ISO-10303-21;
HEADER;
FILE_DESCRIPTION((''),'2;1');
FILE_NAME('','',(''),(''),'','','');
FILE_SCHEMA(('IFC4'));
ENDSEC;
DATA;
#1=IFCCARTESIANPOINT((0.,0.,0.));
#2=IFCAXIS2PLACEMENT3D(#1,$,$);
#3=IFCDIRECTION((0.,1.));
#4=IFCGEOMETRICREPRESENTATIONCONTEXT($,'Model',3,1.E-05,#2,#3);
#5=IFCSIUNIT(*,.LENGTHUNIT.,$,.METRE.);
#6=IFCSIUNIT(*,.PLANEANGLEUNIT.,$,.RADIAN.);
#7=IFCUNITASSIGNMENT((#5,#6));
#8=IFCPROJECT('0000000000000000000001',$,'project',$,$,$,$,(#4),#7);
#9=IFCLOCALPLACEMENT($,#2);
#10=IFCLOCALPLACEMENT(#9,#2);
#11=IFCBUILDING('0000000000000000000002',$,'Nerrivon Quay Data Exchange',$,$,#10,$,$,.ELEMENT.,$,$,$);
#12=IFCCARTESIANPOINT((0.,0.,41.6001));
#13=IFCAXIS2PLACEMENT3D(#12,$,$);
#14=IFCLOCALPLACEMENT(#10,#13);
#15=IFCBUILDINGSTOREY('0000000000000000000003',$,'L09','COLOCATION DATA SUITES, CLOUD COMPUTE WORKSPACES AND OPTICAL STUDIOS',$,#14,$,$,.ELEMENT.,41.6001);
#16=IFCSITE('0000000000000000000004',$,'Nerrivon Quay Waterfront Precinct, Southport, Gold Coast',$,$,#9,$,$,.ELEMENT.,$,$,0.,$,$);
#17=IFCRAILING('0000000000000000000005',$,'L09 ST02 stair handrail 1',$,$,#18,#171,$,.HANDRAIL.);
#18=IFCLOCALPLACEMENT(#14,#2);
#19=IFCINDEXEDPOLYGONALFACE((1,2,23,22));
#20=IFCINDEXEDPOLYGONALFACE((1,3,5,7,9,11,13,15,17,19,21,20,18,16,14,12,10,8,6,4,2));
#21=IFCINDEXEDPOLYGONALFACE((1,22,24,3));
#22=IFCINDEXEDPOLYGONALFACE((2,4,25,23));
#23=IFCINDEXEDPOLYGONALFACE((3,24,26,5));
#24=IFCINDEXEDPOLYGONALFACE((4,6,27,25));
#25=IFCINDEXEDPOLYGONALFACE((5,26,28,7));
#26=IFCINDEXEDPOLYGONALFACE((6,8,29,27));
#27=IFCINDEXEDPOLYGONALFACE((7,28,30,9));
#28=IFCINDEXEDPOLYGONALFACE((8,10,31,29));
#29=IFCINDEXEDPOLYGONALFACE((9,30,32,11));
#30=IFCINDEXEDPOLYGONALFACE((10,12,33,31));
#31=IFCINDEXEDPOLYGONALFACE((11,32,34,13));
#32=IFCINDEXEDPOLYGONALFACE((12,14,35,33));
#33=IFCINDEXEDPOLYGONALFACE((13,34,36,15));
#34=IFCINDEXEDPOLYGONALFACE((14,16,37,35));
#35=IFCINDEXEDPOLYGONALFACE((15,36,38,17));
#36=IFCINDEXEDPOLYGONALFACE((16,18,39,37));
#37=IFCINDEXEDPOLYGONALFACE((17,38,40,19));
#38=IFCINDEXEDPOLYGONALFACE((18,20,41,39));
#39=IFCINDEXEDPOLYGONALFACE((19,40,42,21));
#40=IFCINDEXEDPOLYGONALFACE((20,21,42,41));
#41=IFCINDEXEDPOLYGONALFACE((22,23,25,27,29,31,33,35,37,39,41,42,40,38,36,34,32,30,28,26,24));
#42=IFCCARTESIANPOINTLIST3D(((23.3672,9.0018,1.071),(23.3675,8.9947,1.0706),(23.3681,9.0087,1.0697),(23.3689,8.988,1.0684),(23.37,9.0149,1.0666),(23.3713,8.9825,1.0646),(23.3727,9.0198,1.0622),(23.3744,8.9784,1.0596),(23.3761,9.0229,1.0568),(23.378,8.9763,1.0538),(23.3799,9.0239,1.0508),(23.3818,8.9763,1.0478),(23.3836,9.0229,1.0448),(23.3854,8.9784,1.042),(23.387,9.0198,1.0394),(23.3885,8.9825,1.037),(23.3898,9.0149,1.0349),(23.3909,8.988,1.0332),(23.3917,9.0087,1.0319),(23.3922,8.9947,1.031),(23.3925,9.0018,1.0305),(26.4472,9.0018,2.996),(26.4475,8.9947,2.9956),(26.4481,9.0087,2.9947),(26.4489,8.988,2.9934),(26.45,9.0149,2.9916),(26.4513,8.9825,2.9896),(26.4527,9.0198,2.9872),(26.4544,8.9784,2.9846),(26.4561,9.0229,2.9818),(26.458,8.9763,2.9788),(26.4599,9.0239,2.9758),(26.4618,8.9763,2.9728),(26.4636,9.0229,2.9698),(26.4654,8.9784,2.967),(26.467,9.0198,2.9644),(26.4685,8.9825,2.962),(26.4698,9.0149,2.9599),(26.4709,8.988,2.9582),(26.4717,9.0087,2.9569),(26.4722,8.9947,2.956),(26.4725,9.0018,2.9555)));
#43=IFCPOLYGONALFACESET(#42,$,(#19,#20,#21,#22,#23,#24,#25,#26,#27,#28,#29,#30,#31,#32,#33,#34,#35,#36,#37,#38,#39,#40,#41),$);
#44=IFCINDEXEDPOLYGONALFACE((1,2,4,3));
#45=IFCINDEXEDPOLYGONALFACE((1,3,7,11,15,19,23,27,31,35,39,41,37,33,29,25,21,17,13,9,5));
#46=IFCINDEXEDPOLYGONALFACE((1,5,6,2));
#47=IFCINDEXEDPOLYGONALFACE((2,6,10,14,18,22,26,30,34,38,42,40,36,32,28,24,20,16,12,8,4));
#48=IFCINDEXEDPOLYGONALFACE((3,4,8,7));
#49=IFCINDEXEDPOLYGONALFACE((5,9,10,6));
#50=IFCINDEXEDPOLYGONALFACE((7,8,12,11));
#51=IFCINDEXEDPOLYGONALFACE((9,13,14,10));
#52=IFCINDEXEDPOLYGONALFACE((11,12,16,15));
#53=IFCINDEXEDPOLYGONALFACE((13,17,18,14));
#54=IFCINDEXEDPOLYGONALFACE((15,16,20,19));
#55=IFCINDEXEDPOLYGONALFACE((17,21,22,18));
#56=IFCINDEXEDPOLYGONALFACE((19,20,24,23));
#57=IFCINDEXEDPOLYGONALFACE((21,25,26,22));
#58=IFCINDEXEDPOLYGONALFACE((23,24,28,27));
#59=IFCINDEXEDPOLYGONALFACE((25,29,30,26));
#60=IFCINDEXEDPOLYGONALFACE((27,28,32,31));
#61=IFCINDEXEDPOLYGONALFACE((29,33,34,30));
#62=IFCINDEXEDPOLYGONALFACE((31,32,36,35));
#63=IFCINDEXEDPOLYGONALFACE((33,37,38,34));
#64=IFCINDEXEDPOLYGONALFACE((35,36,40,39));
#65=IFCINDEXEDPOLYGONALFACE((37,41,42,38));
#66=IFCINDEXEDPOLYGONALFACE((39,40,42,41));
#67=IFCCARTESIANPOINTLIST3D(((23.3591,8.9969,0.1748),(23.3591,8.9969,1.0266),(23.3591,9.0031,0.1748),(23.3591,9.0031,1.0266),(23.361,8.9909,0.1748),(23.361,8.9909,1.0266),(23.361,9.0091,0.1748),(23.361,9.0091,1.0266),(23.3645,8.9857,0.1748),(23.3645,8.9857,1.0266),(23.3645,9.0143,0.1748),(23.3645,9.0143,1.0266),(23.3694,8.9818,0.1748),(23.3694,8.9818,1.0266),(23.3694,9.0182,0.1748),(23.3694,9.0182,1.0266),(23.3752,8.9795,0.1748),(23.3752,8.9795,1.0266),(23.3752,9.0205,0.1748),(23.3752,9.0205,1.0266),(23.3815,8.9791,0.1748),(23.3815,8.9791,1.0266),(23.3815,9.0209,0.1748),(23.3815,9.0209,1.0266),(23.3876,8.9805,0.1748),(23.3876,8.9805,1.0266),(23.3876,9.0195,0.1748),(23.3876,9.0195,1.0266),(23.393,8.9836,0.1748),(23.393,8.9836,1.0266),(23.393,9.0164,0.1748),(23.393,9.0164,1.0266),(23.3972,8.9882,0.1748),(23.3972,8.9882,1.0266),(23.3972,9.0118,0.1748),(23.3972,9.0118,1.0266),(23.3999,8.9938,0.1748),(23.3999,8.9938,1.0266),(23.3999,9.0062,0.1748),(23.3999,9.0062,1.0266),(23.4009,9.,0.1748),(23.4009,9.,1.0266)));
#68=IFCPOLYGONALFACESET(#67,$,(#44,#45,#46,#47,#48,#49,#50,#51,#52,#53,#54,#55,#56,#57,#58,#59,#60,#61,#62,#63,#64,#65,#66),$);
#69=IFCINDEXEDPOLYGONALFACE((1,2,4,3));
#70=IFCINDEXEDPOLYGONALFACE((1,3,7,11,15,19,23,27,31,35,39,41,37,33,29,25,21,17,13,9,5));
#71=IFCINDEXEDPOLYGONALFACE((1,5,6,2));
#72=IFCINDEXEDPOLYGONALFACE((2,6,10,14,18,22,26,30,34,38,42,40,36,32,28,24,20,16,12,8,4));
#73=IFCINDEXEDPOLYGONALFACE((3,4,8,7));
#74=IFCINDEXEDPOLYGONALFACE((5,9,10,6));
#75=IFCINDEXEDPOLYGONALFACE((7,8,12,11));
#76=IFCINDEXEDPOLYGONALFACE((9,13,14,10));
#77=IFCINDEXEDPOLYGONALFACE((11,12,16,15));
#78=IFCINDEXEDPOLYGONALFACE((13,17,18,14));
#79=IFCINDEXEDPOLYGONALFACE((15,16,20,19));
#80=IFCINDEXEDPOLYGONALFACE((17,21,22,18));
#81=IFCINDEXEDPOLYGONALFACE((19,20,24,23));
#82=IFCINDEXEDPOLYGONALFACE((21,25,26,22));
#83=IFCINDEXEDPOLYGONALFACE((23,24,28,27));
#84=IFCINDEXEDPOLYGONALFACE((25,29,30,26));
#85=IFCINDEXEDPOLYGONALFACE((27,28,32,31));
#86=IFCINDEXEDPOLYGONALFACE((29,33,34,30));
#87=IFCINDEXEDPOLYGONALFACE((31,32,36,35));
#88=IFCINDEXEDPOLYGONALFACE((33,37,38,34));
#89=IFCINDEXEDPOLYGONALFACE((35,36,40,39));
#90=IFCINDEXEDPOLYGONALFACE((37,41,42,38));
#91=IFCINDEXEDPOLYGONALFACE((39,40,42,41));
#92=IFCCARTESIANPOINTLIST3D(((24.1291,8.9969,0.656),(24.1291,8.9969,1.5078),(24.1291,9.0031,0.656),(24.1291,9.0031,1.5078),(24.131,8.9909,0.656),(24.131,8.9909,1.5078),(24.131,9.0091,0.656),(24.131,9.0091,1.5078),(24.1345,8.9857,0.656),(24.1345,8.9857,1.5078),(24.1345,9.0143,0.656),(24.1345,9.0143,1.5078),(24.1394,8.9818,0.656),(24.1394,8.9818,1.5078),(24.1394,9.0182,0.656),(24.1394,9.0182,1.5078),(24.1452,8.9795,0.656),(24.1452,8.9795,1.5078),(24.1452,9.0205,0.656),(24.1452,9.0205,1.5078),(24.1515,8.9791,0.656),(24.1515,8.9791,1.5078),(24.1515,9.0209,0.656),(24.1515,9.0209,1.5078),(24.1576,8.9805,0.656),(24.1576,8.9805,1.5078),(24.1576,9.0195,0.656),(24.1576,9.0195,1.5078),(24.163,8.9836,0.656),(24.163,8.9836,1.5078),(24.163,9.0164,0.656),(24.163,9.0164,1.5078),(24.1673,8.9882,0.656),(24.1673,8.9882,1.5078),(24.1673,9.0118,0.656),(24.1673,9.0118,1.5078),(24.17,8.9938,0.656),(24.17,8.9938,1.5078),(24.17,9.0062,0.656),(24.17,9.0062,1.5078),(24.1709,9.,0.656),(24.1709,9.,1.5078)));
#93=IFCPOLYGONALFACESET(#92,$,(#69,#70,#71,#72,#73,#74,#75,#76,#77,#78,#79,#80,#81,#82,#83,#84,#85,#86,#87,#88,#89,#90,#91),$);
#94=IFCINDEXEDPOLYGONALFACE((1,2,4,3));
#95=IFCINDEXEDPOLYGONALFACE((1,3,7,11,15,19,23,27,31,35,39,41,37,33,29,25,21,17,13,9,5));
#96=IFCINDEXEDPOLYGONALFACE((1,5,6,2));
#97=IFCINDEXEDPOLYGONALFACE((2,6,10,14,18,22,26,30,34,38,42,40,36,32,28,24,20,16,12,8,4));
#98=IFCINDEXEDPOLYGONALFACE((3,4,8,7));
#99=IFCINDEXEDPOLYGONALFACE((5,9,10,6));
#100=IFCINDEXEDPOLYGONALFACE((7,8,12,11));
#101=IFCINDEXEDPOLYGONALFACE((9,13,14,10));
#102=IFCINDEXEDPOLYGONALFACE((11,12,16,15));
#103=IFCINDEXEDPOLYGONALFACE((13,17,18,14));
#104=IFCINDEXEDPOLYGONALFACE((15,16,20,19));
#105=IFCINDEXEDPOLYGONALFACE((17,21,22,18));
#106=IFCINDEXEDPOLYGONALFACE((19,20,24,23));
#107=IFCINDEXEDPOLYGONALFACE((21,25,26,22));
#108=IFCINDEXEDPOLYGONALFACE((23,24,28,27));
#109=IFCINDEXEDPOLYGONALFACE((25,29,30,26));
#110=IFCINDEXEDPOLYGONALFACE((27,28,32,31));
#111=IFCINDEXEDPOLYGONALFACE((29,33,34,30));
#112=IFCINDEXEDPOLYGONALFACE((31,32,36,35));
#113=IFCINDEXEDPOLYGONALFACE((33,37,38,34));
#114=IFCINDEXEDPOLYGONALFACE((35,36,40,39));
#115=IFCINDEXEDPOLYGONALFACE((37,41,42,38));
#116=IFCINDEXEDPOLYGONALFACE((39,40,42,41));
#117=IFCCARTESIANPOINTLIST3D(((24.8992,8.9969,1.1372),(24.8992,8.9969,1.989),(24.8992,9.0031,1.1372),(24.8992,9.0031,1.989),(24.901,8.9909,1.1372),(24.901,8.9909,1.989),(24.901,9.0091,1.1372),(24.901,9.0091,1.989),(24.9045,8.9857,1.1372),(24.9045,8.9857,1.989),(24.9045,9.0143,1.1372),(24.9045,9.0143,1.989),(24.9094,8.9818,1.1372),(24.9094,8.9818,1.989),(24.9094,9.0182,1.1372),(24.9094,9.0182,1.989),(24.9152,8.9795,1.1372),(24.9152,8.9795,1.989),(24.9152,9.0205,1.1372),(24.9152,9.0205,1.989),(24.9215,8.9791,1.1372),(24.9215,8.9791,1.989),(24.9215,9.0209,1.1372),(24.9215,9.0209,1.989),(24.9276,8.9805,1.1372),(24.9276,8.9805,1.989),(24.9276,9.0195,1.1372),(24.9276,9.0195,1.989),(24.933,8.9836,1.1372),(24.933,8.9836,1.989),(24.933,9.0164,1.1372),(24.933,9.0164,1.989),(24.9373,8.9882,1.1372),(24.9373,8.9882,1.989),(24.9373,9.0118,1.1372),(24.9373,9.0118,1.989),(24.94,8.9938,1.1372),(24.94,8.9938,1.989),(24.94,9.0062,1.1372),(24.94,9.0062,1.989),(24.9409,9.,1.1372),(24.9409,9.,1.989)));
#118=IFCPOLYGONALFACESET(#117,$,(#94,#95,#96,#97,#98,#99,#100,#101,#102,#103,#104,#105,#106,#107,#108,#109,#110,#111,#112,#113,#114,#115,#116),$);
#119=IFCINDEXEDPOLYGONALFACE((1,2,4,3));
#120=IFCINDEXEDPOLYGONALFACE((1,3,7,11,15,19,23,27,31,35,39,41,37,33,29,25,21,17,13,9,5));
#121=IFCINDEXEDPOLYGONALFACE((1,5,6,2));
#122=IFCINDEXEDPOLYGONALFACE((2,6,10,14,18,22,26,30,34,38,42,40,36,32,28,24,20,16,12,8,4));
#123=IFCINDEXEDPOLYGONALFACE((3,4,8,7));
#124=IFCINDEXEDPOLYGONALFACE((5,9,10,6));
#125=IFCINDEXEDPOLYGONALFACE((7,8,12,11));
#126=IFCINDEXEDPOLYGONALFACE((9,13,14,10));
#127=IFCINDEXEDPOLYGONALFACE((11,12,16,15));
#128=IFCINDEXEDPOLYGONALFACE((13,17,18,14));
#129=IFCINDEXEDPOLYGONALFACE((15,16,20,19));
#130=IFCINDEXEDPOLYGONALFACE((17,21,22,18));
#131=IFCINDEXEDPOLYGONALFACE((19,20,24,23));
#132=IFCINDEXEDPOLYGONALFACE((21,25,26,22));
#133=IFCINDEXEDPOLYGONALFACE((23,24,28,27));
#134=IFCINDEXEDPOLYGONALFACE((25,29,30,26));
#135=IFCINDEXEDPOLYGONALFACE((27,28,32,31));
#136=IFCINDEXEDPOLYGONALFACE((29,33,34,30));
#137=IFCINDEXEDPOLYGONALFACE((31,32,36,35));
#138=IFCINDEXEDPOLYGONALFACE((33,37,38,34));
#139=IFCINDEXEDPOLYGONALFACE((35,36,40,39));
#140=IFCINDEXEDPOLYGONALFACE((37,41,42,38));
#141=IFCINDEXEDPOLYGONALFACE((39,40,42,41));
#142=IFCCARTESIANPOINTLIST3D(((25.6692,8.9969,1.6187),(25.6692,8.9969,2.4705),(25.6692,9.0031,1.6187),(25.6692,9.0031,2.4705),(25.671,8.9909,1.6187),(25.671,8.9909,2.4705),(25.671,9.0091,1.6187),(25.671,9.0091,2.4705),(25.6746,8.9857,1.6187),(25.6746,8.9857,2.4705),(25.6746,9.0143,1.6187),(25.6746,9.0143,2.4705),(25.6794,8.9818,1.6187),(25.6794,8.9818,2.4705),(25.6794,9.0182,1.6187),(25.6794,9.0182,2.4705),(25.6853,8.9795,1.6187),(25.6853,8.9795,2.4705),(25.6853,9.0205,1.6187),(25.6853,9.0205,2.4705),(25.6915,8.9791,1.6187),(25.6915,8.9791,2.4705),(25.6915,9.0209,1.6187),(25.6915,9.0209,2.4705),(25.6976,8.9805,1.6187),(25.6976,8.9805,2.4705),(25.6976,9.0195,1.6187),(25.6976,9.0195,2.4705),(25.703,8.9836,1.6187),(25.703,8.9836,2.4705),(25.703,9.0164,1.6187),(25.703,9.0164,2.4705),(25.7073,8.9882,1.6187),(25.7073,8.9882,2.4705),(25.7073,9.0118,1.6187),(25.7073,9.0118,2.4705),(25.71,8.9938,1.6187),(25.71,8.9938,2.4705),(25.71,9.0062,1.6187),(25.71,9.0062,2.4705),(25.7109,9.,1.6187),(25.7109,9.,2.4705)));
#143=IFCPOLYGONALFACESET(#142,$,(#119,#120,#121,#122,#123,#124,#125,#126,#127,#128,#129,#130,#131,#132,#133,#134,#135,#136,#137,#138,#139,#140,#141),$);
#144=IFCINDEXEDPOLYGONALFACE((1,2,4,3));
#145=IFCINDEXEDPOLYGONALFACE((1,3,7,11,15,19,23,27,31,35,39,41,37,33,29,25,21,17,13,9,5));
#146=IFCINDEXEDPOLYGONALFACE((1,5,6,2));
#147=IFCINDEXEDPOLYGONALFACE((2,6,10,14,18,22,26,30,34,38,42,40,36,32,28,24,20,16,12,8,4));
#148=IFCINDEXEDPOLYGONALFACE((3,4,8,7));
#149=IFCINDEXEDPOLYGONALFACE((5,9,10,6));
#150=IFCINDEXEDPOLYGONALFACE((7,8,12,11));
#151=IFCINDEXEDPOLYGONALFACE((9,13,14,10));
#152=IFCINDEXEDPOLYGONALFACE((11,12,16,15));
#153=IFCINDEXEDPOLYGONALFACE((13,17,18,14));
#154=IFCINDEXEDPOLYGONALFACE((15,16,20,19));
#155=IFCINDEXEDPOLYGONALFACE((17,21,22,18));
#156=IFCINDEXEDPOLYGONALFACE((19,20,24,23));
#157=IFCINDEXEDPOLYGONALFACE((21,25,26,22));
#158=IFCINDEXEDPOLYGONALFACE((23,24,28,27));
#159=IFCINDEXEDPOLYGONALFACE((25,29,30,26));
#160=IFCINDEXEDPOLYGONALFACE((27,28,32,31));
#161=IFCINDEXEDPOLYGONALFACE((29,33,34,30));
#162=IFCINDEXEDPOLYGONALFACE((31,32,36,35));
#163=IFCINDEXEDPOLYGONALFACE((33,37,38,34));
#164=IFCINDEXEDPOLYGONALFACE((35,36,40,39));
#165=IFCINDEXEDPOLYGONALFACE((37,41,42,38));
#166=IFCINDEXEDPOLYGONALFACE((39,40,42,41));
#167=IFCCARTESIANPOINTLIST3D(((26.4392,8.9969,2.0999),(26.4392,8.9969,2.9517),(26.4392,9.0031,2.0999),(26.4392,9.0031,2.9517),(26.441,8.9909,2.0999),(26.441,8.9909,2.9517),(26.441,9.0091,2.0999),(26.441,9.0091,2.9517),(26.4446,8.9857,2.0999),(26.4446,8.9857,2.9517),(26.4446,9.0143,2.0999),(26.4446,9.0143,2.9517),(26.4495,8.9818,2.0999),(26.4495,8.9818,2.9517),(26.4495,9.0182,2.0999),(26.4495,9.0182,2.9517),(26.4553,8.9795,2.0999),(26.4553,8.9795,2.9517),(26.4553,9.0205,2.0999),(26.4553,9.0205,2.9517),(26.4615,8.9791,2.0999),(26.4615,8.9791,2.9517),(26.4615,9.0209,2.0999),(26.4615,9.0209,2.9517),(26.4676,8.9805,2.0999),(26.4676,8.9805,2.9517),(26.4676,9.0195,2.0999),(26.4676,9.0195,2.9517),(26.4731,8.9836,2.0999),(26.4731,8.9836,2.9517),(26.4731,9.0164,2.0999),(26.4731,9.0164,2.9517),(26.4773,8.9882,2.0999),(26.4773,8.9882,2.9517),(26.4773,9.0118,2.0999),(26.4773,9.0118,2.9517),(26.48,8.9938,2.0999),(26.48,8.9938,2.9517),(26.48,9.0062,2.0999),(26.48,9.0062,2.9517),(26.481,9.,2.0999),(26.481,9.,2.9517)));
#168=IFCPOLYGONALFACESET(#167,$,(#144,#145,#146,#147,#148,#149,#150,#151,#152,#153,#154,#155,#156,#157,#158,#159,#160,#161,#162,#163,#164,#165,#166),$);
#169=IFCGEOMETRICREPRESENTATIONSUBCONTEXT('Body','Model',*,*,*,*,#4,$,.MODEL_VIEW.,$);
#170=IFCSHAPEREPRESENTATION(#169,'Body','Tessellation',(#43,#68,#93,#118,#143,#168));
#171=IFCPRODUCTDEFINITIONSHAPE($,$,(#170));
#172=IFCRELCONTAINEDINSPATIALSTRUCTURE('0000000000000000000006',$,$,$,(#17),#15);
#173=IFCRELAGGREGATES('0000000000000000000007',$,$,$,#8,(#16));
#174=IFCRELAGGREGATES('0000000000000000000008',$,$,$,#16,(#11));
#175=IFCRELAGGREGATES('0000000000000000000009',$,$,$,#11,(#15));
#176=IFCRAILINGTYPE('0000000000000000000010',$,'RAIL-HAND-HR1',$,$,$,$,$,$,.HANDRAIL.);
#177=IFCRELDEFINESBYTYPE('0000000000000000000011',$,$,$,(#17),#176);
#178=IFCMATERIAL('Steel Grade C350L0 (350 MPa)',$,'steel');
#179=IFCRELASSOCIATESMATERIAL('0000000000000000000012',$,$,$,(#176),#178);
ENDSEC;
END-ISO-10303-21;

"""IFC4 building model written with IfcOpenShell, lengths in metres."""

from ifc_helpers import new_model, si_unit, direction, frame, origin, origin_2d, place, context, subcontext, project, spatial, circle, extrude, material, type_object, element, save


model = new_model("IFC4")

# Units and contexts
model_context = context("Model", 3, precision=1e-05, world=origin(), true_north=direction((0.0, 1.0)))
body_context = subcontext(model_context, "Body", "Model", "MODEL_VIEW")
ifc_project = project(units=[si_unit("LENGTHUNIT", "METRE"), si_unit("PLANEANGLEUNIT", "RADIAN")], contexts=[model_context])

# Site, building, storey
site_placement = place(None, origin())
site = spatial("IfcSite", under=ifc_project, at=site_placement, Name="Nerrivon Quay Waterfront Precinct, Southport, Gold Coast", CompositionType="ELEMENT", RefElevation=0.0)
building_placement = place(site_placement, origin())
building = spatial("IfcBuilding", under=site, at=building_placement, Name="Nerrivon Quay Data Exchange", CompositionType="ELEMENT")
storey_placement = place(building_placement, frame((0.0, 0.0, 41.6001)))
storey = spatial("IfcBuildingStorey", under=building, at=storey_placement, Name="L09", Description="COLOCATION DATA SUITES, CLOUD COMPUTE WORKSPACES AND OPTICAL STUDIOS", CompositionType="ELEMENT", Elevation=41.6001)

# Railing
ifc_material_1 = material(Name="Steel Grade C350L0 (350 MPa)", Category="steel")
railing_type_1 = type_object("IfcRailingType", Name="RAIL-HAND-HR1", PredefinedType="HANDRAIL", material=ifc_material_1)
railing_1_placement = place(storey_placement, frame((23.3799, 9.0, 0.1748)))
element("IfcRailing", 1, at=railing_1_placement, inside=storey, type_object=railing_type_1, Name="L09 ST02 stair handrail 1", PredefinedType="HANDRAIL", context=body_context, shape_type="SweptSolid", body=[
    extrude(circle(Radius=0.0239, at=origin_2d()), frame((0.0, 0.0, 0.876), z_axis=(0.847998, 0.0, 0.529999), x_axis=(0.0, 1.0, 0.0)), (0.0, 0.0, 1.0), 3.6321),
    extrude(circle(Radius=0.021, at=origin_2d()), origin(), (0.0, 0.0, 1.0), 0.8518),
    extrude(circle(Radius=0.021, at=origin_2d()), frame((0.77, 0.0, 0.4812)), (0.0, 0.0, 1.0), 0.8518),
    extrude(circle(Radius=0.021, at=origin_2d()), frame((1.54, 0.0, 0.9624)), (0.0, 0.0, 1.0), 0.8518),
    extrude(circle(Radius=0.021, at=origin_2d()), frame((2.3101, 0.0, 1.4438)), (0.0, 0.0, 1.0), 0.8518),
    extrude(circle(Radius=0.021, at=origin_2d()), frame((3.0801, 0.0, 1.925)), (0.0, 0.0, 1.0), 0.8518),
])

save(model, "model.ifc")
